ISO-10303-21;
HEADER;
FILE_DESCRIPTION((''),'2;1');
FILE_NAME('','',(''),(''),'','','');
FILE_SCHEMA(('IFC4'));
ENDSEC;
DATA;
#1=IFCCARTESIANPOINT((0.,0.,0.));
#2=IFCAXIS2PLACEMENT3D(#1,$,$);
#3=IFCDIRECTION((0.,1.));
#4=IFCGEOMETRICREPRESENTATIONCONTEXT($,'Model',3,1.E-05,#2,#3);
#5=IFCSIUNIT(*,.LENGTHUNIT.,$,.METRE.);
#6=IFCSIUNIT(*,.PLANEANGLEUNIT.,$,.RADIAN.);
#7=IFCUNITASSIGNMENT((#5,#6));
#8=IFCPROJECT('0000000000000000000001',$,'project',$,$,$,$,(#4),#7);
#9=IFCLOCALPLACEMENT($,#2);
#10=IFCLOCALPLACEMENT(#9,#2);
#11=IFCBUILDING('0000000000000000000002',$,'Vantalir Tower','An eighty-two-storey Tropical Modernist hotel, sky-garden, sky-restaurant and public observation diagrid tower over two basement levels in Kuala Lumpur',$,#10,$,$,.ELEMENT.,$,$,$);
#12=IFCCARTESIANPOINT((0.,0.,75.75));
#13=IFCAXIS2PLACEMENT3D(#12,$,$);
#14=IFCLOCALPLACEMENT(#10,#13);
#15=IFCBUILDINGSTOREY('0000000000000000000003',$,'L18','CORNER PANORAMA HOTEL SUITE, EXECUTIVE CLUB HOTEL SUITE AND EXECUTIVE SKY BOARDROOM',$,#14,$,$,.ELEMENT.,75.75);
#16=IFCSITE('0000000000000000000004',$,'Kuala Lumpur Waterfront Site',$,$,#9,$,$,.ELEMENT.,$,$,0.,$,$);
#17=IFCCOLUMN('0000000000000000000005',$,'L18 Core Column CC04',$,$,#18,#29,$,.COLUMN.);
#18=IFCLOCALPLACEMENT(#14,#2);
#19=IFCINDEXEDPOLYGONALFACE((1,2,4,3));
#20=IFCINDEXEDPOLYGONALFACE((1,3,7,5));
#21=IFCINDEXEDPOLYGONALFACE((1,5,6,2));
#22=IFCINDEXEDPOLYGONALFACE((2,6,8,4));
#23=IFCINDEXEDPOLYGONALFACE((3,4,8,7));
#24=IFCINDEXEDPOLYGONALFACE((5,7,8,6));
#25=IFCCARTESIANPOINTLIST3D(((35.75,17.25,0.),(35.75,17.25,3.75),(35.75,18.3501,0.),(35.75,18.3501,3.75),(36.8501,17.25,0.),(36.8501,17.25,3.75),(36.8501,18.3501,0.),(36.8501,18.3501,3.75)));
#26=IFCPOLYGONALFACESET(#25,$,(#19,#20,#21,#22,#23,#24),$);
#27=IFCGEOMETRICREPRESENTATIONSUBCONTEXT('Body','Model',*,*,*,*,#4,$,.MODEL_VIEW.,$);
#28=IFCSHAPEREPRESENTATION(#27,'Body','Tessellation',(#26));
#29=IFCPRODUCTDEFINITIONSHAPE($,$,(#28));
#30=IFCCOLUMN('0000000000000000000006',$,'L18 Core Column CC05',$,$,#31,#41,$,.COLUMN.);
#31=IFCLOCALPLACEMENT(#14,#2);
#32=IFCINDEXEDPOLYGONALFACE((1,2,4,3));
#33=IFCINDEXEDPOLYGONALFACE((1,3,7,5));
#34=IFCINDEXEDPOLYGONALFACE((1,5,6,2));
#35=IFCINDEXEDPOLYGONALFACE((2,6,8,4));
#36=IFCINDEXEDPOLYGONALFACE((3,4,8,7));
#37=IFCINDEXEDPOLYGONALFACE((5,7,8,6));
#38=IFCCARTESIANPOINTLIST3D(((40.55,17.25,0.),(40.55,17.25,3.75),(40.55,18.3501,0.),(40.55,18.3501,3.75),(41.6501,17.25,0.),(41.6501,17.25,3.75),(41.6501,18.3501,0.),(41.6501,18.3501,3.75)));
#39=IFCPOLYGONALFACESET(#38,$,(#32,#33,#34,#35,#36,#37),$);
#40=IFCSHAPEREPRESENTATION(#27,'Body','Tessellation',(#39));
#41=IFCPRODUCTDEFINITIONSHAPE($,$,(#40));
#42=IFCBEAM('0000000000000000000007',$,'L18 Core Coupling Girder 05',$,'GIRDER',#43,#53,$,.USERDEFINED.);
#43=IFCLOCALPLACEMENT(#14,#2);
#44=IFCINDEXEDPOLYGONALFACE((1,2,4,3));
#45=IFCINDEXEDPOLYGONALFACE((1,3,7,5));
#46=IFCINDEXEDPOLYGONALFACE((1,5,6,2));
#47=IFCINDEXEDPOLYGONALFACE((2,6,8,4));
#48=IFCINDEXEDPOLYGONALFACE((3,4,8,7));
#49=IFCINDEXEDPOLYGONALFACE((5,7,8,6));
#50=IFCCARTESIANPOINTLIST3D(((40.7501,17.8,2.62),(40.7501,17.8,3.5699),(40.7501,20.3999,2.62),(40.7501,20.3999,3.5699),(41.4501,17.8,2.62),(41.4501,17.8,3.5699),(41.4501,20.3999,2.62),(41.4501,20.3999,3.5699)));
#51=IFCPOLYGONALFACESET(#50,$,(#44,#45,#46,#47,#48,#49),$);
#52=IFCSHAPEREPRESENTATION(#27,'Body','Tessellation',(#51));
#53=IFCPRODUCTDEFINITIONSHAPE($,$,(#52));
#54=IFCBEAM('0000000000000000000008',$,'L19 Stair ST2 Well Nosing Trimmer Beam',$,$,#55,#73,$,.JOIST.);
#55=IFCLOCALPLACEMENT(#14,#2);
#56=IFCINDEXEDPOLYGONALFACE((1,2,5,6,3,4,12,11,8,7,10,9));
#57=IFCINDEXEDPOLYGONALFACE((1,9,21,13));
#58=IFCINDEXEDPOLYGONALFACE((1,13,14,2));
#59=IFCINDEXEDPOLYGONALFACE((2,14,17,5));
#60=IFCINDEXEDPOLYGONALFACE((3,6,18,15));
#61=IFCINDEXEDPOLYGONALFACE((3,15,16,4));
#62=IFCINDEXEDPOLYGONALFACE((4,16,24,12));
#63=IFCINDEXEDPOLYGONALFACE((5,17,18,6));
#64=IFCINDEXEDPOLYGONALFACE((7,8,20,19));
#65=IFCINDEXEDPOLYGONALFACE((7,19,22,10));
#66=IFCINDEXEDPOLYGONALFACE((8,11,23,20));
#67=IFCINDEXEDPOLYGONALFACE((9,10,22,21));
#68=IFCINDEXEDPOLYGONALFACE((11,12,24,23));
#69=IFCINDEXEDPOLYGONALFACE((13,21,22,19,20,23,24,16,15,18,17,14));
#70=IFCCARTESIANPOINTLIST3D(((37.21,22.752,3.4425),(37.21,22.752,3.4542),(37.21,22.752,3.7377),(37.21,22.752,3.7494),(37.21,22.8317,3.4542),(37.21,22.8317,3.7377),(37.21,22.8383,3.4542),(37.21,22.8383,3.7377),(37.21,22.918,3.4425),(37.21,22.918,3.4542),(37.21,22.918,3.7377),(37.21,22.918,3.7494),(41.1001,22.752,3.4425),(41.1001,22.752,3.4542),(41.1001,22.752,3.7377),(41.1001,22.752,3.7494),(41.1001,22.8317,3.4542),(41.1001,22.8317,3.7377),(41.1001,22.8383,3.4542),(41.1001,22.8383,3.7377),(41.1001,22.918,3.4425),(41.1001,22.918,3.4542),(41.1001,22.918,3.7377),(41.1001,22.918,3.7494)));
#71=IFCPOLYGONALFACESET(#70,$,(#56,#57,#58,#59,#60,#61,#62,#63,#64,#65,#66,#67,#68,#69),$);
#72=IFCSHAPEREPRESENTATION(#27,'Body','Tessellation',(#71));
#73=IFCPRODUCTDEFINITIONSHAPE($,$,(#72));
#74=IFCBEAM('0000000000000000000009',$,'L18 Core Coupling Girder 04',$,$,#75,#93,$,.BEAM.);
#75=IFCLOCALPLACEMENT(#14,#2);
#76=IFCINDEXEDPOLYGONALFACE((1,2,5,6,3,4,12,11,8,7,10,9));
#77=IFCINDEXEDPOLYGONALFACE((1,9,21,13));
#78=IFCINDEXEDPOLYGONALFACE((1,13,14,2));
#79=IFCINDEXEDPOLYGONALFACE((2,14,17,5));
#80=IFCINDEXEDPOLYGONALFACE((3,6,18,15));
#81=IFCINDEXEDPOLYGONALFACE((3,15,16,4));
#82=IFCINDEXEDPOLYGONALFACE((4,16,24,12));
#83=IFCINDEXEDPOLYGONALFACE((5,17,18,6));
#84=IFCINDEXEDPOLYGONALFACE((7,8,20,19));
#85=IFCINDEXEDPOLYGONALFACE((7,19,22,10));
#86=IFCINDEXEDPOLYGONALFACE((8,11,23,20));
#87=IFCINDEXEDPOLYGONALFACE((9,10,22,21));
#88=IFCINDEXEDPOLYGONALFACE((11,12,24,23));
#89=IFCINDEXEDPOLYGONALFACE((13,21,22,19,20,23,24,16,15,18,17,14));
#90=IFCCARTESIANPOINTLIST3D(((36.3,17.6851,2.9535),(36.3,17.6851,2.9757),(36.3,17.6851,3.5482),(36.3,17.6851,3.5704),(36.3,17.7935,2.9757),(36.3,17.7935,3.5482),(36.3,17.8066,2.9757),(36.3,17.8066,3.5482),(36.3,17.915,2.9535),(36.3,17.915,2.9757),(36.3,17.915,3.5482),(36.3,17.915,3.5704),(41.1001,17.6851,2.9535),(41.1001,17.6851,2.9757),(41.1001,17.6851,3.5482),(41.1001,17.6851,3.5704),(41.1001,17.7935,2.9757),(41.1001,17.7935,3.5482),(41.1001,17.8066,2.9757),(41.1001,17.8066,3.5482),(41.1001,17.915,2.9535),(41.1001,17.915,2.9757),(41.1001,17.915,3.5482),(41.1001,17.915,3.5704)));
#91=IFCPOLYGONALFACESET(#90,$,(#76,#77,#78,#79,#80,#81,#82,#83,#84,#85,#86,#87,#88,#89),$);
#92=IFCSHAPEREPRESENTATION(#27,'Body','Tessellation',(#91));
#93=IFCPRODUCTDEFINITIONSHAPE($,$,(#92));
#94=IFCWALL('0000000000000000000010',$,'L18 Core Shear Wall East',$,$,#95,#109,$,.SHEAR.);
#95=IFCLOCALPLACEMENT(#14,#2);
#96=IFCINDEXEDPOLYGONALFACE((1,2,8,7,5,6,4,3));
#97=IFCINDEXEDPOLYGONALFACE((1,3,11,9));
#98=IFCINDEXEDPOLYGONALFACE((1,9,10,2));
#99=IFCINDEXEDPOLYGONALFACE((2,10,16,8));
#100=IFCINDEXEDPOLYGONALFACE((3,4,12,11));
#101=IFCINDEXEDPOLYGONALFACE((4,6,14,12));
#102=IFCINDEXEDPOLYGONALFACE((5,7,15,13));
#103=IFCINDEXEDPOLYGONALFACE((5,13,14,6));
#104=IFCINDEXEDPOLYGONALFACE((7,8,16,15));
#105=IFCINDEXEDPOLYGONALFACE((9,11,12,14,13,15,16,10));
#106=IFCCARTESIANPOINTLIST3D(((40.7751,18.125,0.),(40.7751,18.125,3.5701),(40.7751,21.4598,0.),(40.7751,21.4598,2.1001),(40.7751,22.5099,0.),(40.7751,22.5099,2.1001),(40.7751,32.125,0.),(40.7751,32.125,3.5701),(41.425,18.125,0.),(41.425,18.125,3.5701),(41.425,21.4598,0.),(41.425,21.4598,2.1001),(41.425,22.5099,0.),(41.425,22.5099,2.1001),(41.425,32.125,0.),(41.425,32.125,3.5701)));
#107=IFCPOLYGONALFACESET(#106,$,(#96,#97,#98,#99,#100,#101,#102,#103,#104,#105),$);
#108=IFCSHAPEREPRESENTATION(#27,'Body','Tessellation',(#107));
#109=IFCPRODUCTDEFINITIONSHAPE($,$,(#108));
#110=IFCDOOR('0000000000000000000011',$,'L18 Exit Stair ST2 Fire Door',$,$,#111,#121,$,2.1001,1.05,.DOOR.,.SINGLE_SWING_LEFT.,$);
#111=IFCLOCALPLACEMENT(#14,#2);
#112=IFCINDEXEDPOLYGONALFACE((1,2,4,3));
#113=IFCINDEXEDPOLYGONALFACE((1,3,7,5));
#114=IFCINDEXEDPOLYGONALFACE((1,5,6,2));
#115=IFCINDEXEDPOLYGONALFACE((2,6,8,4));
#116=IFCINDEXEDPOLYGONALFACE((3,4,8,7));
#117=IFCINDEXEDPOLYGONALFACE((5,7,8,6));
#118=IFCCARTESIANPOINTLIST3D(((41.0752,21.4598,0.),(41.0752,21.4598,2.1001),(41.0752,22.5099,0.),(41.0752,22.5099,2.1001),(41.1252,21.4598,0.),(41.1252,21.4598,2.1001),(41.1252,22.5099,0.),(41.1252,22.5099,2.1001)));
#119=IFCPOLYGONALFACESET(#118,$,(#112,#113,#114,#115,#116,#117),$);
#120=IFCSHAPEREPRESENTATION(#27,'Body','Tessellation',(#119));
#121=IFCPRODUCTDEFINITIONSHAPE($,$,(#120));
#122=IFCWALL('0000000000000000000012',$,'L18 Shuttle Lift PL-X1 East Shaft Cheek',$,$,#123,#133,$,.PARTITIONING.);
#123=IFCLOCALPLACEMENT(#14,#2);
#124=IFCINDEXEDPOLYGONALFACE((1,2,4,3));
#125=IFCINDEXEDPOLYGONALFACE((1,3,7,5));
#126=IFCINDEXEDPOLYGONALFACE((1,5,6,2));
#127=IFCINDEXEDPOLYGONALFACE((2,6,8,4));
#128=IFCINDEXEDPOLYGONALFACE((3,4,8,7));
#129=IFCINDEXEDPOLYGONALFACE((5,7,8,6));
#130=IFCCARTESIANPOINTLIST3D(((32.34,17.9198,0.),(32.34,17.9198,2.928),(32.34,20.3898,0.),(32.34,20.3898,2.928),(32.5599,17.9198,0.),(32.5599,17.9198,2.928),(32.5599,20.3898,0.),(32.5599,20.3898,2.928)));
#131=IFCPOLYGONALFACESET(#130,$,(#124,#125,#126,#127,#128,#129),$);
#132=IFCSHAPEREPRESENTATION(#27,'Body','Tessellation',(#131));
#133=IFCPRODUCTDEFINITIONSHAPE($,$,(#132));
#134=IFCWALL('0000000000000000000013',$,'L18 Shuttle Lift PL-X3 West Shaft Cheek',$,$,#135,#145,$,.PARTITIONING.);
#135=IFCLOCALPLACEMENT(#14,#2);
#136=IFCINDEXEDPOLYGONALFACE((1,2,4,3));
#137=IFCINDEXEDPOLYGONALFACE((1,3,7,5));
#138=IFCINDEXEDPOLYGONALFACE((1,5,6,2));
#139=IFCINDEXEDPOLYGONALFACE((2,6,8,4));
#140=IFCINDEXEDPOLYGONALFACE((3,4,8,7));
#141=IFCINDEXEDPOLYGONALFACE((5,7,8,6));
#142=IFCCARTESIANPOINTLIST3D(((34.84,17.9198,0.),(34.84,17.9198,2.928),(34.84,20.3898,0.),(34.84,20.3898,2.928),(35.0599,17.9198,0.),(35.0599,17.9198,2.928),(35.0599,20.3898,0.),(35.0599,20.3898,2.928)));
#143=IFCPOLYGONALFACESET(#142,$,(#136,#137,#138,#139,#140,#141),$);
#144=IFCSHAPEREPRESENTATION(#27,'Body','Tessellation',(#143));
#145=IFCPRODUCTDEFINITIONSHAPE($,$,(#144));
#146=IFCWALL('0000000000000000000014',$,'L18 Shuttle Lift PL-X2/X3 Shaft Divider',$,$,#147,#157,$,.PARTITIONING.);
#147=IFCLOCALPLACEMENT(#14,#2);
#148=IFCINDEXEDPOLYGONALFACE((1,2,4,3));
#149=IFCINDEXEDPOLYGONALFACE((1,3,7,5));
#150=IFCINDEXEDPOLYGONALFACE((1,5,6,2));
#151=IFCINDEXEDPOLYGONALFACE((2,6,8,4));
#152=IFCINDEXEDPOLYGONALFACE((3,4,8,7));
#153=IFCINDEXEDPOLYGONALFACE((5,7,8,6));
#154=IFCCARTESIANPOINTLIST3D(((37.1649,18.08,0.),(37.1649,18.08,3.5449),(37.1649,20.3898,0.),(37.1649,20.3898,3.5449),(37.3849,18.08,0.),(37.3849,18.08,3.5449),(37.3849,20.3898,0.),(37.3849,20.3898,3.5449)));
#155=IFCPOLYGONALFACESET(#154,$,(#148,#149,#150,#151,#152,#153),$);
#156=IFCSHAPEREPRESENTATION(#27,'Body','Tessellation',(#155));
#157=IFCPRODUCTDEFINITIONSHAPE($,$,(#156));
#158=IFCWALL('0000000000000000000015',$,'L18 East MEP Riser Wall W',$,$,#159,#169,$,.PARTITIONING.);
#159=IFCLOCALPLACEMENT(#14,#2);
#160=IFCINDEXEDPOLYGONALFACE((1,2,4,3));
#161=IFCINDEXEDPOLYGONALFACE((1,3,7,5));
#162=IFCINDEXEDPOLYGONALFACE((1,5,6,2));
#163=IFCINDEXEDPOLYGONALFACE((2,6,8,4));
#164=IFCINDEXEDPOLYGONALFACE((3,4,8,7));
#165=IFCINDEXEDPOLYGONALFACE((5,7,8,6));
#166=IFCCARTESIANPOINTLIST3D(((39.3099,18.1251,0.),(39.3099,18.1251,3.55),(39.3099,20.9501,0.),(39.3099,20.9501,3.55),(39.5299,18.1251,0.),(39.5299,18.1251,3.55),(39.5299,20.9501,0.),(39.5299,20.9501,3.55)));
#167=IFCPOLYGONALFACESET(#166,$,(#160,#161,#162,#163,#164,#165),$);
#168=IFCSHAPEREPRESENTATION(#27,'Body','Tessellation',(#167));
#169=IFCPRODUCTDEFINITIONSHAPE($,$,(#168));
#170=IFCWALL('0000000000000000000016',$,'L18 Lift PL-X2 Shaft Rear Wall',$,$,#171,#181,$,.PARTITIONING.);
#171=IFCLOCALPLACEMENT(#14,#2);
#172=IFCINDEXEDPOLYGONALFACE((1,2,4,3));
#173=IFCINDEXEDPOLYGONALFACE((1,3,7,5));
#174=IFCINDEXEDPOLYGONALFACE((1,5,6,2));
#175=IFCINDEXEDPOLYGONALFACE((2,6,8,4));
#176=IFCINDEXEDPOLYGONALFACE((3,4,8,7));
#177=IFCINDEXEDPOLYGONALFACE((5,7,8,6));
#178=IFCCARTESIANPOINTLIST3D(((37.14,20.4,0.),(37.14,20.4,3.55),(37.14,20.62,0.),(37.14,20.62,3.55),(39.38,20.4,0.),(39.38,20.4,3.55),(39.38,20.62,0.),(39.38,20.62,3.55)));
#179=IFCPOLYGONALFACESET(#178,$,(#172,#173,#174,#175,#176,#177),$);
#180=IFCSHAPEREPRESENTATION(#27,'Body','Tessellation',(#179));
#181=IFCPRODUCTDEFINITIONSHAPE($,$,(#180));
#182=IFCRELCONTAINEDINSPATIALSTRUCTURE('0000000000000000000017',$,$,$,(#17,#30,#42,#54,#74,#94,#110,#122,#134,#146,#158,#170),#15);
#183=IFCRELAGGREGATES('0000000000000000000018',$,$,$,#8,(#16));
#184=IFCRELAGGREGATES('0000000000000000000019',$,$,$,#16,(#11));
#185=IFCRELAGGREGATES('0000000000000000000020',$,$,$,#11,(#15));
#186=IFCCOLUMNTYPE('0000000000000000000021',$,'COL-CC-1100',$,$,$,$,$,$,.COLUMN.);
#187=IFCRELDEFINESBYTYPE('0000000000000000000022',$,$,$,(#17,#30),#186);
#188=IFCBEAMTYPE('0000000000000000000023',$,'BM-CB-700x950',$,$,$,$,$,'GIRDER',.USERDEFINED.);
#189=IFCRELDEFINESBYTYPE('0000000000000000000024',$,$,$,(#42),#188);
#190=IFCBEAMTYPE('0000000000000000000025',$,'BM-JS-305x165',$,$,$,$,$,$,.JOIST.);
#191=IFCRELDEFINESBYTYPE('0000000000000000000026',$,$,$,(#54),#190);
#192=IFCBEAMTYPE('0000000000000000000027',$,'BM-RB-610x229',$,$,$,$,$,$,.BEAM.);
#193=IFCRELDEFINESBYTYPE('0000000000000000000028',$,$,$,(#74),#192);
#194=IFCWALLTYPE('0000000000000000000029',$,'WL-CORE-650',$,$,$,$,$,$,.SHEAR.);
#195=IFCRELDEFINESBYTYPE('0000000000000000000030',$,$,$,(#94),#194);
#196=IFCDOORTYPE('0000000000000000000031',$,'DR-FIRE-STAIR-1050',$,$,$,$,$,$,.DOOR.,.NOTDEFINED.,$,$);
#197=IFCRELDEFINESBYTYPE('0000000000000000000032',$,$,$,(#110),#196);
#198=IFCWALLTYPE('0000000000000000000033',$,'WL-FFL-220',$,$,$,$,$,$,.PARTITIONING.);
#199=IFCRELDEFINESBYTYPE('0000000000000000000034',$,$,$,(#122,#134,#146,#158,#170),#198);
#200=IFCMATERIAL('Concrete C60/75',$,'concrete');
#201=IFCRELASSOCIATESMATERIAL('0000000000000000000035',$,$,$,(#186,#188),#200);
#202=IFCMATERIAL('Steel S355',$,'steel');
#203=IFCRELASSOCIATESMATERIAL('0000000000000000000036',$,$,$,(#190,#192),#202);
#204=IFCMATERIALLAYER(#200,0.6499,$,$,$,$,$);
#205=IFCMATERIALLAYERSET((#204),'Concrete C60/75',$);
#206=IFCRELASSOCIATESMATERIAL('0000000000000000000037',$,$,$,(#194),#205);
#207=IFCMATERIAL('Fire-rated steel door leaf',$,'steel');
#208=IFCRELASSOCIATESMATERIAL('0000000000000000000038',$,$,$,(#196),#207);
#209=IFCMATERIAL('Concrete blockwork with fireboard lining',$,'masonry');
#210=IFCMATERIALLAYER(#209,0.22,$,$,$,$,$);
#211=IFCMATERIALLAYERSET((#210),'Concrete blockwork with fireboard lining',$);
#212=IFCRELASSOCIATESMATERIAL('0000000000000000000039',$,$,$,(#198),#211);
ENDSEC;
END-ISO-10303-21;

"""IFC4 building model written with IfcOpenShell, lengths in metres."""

from ifc_helpers import new_model, si_unit, direction, frame, frame_2d, origin, origin_2d, place, context, subcontext, project, spatial, rectangle, i_section, extrude, material, layer, layer_set, material_profile, profile_set, type_object, element, fill, save


model = new_model("IFC4")

# Units and contexts
model_context = context("Model", 3, precision=1e-05, world=origin(), true_north=direction((0.0, 1.0)))
body_context = subcontext(model_context, "Body", "Model", "MODEL_VIEW")
ifc_project = project(units=[si_unit("LENGTHUNIT", "METRE"), si_unit("PLANEANGLEUNIT", "RADIAN")], contexts=[model_context])

# Site, building, storey
site_placement = place(None, origin())
site = spatial("IfcSite", under=ifc_project, at=site_placement, Name="Kuala Lumpur Waterfront Site", CompositionType="ELEMENT", RefElevation=0.0)
building_placement = place(site_placement, origin())
building = spatial("IfcBuilding", under=site, at=building_placement, Name="Vantalir Tower", Description="An eighty-two-storey Tropical Modernist hotel, sky-garden, sky-restaurant and public observation diagrid tower over two basement levels in Kuala Lumpur", CompositionType="ELEMENT")
storey_placement = place(building_placement, frame((0.0, 0.0, 75.75)))
storey = spatial("IfcBuildingStorey", under=building, at=storey_placement, Name="L18", Description="CORNER PANORAMA HOTEL SUITE, EXECUTIVE CLUB HOTEL SUITE AND EXECUTIVE SKY BOARDROOM", CompositionType="ELEMENT", Elevation=75.75)

# Columns
ifc_material_1 = material(Name="Concrete C60/75", Category="concrete")
ifc_material_profile_1 = material_profile(ifc_material_1, rectangle(XDim=1.1001, YDim=1.1001, at=origin_2d()), Name="Concrete C60/75")
ifc_profile_set_1 = profile_set([ifc_material_profile_1], Name="Concrete C60/75")
column_type = type_object("IfcColumnType", Name="COL-CC-1100", PredefinedType="COLUMN", material=ifc_profile_set_1)
for number, where, z_axis, x_axis, name in (
    (1, (36.3, 17.8, 0.0), (0.0, 0.0, 1.0), (1.0, 0.0, 0.0), "L18 Core Column CC04"),
    (2, (41.1001, 17.8, 0.0), (0.0, 0.0, 1.0), (1.0, 0.0, 0.0), "L18 Core Column CC05"),
):
    element("IfcColumn", number, at=place(storey_placement, frame(where, z_axis=z_axis, x_axis=x_axis)), inside=storey, type_object=column_type, Name=name, PredefinedType="COLUMN", context=body_context, shape_type="SweptSolid", body=[
        extrude(rectangle(XDim=1.1001, YDim=1.1001, at=origin_2d()), origin(), (0.0, 0.0, 1.0), 3.75),
    ])

# Beams
ifc_material_profile_2 = material_profile(ifc_material_1, rectangle(XDim=0.7, YDim=0.95, at=origin_2d()), Name="Concrete C60/75")
ifc_profile_set_2 = profile_set([ifc_material_profile_2], Name="Concrete C60/75")
beam_type_1 = type_object("IfcBeamType", Name="BM-CB-700x950", ElementType="GIRDER", PredefinedType="USERDEFINED", material=ifc_profile_set_2)
beam_1_placement = place(storey_placement, frame((41.1001, 17.8, 3.095), z_axis=(0.0, 1.0, 0.0), x_axis=(-1.0, 0.0, 0.0)))
element("IfcBeam", 3, at=beam_1_placement, inside=storey, type_object=beam_type_1, Name="L18 Core Coupling Girder 05", ObjectType="GIRDER", PredefinedType="USERDEFINED", context=body_context, shape_type="SweptSolid", body=[
    extrude(rectangle(XDim=0.7, YDim=0.95, at=origin_2d()), origin(), (0.0, 0.0, 1.0), 2.5999),
])
ifc_material_2 = material(Name="Steel S355", Category="steel")
ifc_material_profile_3 = material_profile(ifc_material_2, i_section(OverallWidth=0.166, OverallDepth=0.3069, WebThickness=0.0066, FlangeThickness=0.0117, at=origin_2d()), Name="Steel S355")
ifc_profile_set_3 = profile_set([ifc_material_profile_3], Name="Steel S355")
beam_type_2 = type_object("IfcBeamType", Name="BM-JS-305x165", PredefinedType="JOIST", material=ifc_profile_set_3)
beam_2_placement = place(storey_placement, frame((37.21, 22.835, 3.5959), z_axis=(1.0, 0.0, 0.0), x_axis=(0.0, 1.0, 0.0)))
element("IfcBeam", 4, at=beam_2_placement, inside=storey, type_object=beam_type_2, Name="L19 Stair ST2 Well Nosing Trimmer Beam", PredefinedType="JOIST", context=body_context, shape_type="SweptSolid", body=[
    extrude(i_section(OverallWidth=0.166, OverallDepth=0.3069, WebThickness=0.0066, FlangeThickness=0.0117, at=origin_2d()), origin(), (0.0, 0.0, 1.0), 3.8901),
])
ifc_material_profile_4 = material_profile(ifc_material_2, i_section(OverallWidth=0.23, OverallDepth=0.6169, WebThickness=0.0132, FlangeThickness=0.0222, at=origin_2d()), Name="Steel S355")
ifc_profile_set_4 = profile_set([ifc_material_profile_4], Name="Steel S355")
beam_type_3 = type_object("IfcBeamType", Name="BM-RB-610x229", PredefinedType="BEAM", material=ifc_profile_set_4)
beam_3_placement = place(storey_placement, frame((36.3, 17.8, 3.262), z_axis=(1.0, 0.0, 0.0), x_axis=(0.0, 1.0, 0.0)))
element("IfcBeam", 5, at=beam_3_placement, inside=storey, type_object=beam_type_3, Name="L18 Core Coupling Girder 04", PredefinedType="BEAM", context=body_context, shape_type="SweptSolid", body=[
    extrude(i_section(OverallWidth=0.23, OverallDepth=0.6169, WebThickness=0.0132, FlangeThickness=0.0222, at=origin_2d()), origin(), (0.0, 0.0, 1.0), 4.8),
])

# Wall, opening, door
ifc_layer_1 = layer(ifc_material_1, 0.6499)
ifc_layer_set_1 = layer_set([ifc_layer_1], Name="Concrete C60/75")
wall_type_1 = type_object("IfcWallType", Name="WL-CORE-650", PredefinedType="SHEAR", material=ifc_layer_set_1)
wall_1_placement = place(storey_placement, frame((41.1001, 18.125, 0.0), z_axis=(0.0, 0.0, 1.0), x_axis=(0.0, 1.0, 0.0)))
wall_1 = element("IfcWall", 6, at=wall_1_placement, inside=storey, type_object=wall_type_1, Name="L18 Core Shear Wall East", PredefinedType="SHEAR", context=body_context, shape_type="SweptSolid", body=[
    extrude(rectangle(XDim=14.0, YDim=0.6499, at=frame_2d((7.0, 0.0))), origin(), (0.0, 0.0, 1.0), 3.5701),
])
opening_1_placement = place(wall_1_placement, frame((3.335, 0.0, 0.0)))
opening_1 = element("IfcOpeningElement", 7, at=opening_1_placement, cuts=wall_1, PredefinedType="OPENING", context=body_context, shape_type="SweptSolid", body=[
    extrude(rectangle(XDim=1.05, YDim=2.1001, at=frame_2d((0.5249, 1.05))), frame((0.0, 0.335, 0.0), z_axis=(0.0, -1.0, 0.0), x_axis=(1.0, 0.0, 0.0)), (0.0, 0.0, 1.0), 0.6699),
])
ifc_material_3 = material(Name="Fire-rated steel door leaf", Category="steel")
door_type_1 = type_object("IfcDoorType", Name="DR-FIRE-STAIR-1050", OperationType="NOTDEFINED", PredefinedType="DOOR", material=ifc_material_3)
door_1_placement = place(opening_1_placement, origin())
door_1 = element("IfcDoor", 8, at=door_1_placement, inside=storey, type_object=door_type_1, Name="L18 Exit Stair ST2 Fire Door", OperationType="SINGLE_SWING_LEFT", OverallHeight=2.1001, OverallWidth=1.05, PredefinedType="DOOR", context=body_context, shape_type="SweptSolid", body=[
    extrude(rectangle(XDim=1.05, YDim=2.1001, at=frame_2d((0.5249, 1.05))), frame((0.0, 0.0249, 0.0), z_axis=(0.0, -1.0, 0.0), x_axis=(1.0, 0.0, 0.0)), (0.0, 0.0, 1.0), 0.05),
])
fill(opening_1, door_1)

# Walls
ifc_material_4 = material(Name="Concrete blockwork with fireboard lining", Category="masonry")
ifc_layer_2 = layer(ifc_material_4, 0.22)
ifc_layer_set_2 = layer_set([ifc_layer_2], Name="Concrete blockwork with fireboard lining")
wall_type_2 = type_object("IfcWallType", Name="WL-FFL-220", PredefinedType="PARTITIONING", material=ifc_layer_set_2)
for number, where, z_axis, x_axis, name in (
    (9, (32.45, 17.9199, 0.0), (0.0, 0.0, 1.0), (0.0, 1.0, 0.0), "L18 Shuttle Lift PL-X1 East Shaft Cheek"),
    (10, (34.95, 17.9199, 0.0), (0.0, 0.0, 1.0), (0.0, 1.0, 0.0), "L18 Shuttle Lift PL-X3 West Shaft Cheek"),
):
    element("IfcWall", number, at=place(storey_placement, frame(where, z_axis=z_axis, x_axis=x_axis)), inside=storey, type_object=wall_type_2, Name=name, PredefinedType="PARTITIONING", context=body_context, shape_type="SweptSolid", body=[
        extrude(rectangle(XDim=2.47, YDim=0.22, at=frame_2d((1.2349, 0.0))), origin(), (0.0, 0.0, 1.0), 2.928),
    ])
wall_2_placement = place(storey_placement, frame((37.2749, 18.0801, 0.0), z_axis=(0.0, 0.0, 1.0), x_axis=(0.0, 1.0, 0.0)))
element("IfcWall", 11, at=wall_2_placement, inside=storey, type_object=wall_type_2, Name="L18 Shuttle Lift PL-X2/X3 Shaft Divider", PredefinedType="PARTITIONING", context=body_context, shape_type="SweptSolid", body=[
    extrude(rectangle(XDim=2.3098, YDim=0.22, at=frame_2d((1.1548, 0.0))), origin(), (0.0, 0.0, 1.0), 3.5449),
])
wall_3_placement = place(storey_placement, frame((39.4199, 18.125, 0.0), z_axis=(0.0, 0.0, 1.0), x_axis=(0.0, 1.0, 0.0)))
element("IfcWall", 12, at=wall_3_placement, inside=storey, type_object=wall_type_2, Name="L18 East MEP Riser Wall W", PredefinedType="PARTITIONING", context=body_context, shape_type="SweptSolid", body=[
    extrude(rectangle(XDim=2.825, YDim=0.22, at=frame_2d((1.4126, 0.0))), origin(), (0.0, 0.0, 1.0), 3.55),
])
for number, where, z_axis, x_axis, name in (
    (13, (37.1399, 20.51, 0.0), (0.0, 0.0, 1.0), (1.0, 0.0, 0.0), "L18 Lift PL-X2 Shaft Rear Wall"),
):
    element("IfcWall", number, at=place(storey_placement, frame(where, z_axis=z_axis, x_axis=x_axis)), inside=storey, type_object=wall_type_2, Name=name, PredefinedType="PARTITIONING", context=body_context, shape_type="SweptSolid", body=[
        extrude(rectangle(XDim=2.24, YDim=0.22, at=frame_2d((1.1201, 0.0))), origin(), (0.0, 0.0, 1.0), 3.55),
    ])

save(model, "model.ifc")
